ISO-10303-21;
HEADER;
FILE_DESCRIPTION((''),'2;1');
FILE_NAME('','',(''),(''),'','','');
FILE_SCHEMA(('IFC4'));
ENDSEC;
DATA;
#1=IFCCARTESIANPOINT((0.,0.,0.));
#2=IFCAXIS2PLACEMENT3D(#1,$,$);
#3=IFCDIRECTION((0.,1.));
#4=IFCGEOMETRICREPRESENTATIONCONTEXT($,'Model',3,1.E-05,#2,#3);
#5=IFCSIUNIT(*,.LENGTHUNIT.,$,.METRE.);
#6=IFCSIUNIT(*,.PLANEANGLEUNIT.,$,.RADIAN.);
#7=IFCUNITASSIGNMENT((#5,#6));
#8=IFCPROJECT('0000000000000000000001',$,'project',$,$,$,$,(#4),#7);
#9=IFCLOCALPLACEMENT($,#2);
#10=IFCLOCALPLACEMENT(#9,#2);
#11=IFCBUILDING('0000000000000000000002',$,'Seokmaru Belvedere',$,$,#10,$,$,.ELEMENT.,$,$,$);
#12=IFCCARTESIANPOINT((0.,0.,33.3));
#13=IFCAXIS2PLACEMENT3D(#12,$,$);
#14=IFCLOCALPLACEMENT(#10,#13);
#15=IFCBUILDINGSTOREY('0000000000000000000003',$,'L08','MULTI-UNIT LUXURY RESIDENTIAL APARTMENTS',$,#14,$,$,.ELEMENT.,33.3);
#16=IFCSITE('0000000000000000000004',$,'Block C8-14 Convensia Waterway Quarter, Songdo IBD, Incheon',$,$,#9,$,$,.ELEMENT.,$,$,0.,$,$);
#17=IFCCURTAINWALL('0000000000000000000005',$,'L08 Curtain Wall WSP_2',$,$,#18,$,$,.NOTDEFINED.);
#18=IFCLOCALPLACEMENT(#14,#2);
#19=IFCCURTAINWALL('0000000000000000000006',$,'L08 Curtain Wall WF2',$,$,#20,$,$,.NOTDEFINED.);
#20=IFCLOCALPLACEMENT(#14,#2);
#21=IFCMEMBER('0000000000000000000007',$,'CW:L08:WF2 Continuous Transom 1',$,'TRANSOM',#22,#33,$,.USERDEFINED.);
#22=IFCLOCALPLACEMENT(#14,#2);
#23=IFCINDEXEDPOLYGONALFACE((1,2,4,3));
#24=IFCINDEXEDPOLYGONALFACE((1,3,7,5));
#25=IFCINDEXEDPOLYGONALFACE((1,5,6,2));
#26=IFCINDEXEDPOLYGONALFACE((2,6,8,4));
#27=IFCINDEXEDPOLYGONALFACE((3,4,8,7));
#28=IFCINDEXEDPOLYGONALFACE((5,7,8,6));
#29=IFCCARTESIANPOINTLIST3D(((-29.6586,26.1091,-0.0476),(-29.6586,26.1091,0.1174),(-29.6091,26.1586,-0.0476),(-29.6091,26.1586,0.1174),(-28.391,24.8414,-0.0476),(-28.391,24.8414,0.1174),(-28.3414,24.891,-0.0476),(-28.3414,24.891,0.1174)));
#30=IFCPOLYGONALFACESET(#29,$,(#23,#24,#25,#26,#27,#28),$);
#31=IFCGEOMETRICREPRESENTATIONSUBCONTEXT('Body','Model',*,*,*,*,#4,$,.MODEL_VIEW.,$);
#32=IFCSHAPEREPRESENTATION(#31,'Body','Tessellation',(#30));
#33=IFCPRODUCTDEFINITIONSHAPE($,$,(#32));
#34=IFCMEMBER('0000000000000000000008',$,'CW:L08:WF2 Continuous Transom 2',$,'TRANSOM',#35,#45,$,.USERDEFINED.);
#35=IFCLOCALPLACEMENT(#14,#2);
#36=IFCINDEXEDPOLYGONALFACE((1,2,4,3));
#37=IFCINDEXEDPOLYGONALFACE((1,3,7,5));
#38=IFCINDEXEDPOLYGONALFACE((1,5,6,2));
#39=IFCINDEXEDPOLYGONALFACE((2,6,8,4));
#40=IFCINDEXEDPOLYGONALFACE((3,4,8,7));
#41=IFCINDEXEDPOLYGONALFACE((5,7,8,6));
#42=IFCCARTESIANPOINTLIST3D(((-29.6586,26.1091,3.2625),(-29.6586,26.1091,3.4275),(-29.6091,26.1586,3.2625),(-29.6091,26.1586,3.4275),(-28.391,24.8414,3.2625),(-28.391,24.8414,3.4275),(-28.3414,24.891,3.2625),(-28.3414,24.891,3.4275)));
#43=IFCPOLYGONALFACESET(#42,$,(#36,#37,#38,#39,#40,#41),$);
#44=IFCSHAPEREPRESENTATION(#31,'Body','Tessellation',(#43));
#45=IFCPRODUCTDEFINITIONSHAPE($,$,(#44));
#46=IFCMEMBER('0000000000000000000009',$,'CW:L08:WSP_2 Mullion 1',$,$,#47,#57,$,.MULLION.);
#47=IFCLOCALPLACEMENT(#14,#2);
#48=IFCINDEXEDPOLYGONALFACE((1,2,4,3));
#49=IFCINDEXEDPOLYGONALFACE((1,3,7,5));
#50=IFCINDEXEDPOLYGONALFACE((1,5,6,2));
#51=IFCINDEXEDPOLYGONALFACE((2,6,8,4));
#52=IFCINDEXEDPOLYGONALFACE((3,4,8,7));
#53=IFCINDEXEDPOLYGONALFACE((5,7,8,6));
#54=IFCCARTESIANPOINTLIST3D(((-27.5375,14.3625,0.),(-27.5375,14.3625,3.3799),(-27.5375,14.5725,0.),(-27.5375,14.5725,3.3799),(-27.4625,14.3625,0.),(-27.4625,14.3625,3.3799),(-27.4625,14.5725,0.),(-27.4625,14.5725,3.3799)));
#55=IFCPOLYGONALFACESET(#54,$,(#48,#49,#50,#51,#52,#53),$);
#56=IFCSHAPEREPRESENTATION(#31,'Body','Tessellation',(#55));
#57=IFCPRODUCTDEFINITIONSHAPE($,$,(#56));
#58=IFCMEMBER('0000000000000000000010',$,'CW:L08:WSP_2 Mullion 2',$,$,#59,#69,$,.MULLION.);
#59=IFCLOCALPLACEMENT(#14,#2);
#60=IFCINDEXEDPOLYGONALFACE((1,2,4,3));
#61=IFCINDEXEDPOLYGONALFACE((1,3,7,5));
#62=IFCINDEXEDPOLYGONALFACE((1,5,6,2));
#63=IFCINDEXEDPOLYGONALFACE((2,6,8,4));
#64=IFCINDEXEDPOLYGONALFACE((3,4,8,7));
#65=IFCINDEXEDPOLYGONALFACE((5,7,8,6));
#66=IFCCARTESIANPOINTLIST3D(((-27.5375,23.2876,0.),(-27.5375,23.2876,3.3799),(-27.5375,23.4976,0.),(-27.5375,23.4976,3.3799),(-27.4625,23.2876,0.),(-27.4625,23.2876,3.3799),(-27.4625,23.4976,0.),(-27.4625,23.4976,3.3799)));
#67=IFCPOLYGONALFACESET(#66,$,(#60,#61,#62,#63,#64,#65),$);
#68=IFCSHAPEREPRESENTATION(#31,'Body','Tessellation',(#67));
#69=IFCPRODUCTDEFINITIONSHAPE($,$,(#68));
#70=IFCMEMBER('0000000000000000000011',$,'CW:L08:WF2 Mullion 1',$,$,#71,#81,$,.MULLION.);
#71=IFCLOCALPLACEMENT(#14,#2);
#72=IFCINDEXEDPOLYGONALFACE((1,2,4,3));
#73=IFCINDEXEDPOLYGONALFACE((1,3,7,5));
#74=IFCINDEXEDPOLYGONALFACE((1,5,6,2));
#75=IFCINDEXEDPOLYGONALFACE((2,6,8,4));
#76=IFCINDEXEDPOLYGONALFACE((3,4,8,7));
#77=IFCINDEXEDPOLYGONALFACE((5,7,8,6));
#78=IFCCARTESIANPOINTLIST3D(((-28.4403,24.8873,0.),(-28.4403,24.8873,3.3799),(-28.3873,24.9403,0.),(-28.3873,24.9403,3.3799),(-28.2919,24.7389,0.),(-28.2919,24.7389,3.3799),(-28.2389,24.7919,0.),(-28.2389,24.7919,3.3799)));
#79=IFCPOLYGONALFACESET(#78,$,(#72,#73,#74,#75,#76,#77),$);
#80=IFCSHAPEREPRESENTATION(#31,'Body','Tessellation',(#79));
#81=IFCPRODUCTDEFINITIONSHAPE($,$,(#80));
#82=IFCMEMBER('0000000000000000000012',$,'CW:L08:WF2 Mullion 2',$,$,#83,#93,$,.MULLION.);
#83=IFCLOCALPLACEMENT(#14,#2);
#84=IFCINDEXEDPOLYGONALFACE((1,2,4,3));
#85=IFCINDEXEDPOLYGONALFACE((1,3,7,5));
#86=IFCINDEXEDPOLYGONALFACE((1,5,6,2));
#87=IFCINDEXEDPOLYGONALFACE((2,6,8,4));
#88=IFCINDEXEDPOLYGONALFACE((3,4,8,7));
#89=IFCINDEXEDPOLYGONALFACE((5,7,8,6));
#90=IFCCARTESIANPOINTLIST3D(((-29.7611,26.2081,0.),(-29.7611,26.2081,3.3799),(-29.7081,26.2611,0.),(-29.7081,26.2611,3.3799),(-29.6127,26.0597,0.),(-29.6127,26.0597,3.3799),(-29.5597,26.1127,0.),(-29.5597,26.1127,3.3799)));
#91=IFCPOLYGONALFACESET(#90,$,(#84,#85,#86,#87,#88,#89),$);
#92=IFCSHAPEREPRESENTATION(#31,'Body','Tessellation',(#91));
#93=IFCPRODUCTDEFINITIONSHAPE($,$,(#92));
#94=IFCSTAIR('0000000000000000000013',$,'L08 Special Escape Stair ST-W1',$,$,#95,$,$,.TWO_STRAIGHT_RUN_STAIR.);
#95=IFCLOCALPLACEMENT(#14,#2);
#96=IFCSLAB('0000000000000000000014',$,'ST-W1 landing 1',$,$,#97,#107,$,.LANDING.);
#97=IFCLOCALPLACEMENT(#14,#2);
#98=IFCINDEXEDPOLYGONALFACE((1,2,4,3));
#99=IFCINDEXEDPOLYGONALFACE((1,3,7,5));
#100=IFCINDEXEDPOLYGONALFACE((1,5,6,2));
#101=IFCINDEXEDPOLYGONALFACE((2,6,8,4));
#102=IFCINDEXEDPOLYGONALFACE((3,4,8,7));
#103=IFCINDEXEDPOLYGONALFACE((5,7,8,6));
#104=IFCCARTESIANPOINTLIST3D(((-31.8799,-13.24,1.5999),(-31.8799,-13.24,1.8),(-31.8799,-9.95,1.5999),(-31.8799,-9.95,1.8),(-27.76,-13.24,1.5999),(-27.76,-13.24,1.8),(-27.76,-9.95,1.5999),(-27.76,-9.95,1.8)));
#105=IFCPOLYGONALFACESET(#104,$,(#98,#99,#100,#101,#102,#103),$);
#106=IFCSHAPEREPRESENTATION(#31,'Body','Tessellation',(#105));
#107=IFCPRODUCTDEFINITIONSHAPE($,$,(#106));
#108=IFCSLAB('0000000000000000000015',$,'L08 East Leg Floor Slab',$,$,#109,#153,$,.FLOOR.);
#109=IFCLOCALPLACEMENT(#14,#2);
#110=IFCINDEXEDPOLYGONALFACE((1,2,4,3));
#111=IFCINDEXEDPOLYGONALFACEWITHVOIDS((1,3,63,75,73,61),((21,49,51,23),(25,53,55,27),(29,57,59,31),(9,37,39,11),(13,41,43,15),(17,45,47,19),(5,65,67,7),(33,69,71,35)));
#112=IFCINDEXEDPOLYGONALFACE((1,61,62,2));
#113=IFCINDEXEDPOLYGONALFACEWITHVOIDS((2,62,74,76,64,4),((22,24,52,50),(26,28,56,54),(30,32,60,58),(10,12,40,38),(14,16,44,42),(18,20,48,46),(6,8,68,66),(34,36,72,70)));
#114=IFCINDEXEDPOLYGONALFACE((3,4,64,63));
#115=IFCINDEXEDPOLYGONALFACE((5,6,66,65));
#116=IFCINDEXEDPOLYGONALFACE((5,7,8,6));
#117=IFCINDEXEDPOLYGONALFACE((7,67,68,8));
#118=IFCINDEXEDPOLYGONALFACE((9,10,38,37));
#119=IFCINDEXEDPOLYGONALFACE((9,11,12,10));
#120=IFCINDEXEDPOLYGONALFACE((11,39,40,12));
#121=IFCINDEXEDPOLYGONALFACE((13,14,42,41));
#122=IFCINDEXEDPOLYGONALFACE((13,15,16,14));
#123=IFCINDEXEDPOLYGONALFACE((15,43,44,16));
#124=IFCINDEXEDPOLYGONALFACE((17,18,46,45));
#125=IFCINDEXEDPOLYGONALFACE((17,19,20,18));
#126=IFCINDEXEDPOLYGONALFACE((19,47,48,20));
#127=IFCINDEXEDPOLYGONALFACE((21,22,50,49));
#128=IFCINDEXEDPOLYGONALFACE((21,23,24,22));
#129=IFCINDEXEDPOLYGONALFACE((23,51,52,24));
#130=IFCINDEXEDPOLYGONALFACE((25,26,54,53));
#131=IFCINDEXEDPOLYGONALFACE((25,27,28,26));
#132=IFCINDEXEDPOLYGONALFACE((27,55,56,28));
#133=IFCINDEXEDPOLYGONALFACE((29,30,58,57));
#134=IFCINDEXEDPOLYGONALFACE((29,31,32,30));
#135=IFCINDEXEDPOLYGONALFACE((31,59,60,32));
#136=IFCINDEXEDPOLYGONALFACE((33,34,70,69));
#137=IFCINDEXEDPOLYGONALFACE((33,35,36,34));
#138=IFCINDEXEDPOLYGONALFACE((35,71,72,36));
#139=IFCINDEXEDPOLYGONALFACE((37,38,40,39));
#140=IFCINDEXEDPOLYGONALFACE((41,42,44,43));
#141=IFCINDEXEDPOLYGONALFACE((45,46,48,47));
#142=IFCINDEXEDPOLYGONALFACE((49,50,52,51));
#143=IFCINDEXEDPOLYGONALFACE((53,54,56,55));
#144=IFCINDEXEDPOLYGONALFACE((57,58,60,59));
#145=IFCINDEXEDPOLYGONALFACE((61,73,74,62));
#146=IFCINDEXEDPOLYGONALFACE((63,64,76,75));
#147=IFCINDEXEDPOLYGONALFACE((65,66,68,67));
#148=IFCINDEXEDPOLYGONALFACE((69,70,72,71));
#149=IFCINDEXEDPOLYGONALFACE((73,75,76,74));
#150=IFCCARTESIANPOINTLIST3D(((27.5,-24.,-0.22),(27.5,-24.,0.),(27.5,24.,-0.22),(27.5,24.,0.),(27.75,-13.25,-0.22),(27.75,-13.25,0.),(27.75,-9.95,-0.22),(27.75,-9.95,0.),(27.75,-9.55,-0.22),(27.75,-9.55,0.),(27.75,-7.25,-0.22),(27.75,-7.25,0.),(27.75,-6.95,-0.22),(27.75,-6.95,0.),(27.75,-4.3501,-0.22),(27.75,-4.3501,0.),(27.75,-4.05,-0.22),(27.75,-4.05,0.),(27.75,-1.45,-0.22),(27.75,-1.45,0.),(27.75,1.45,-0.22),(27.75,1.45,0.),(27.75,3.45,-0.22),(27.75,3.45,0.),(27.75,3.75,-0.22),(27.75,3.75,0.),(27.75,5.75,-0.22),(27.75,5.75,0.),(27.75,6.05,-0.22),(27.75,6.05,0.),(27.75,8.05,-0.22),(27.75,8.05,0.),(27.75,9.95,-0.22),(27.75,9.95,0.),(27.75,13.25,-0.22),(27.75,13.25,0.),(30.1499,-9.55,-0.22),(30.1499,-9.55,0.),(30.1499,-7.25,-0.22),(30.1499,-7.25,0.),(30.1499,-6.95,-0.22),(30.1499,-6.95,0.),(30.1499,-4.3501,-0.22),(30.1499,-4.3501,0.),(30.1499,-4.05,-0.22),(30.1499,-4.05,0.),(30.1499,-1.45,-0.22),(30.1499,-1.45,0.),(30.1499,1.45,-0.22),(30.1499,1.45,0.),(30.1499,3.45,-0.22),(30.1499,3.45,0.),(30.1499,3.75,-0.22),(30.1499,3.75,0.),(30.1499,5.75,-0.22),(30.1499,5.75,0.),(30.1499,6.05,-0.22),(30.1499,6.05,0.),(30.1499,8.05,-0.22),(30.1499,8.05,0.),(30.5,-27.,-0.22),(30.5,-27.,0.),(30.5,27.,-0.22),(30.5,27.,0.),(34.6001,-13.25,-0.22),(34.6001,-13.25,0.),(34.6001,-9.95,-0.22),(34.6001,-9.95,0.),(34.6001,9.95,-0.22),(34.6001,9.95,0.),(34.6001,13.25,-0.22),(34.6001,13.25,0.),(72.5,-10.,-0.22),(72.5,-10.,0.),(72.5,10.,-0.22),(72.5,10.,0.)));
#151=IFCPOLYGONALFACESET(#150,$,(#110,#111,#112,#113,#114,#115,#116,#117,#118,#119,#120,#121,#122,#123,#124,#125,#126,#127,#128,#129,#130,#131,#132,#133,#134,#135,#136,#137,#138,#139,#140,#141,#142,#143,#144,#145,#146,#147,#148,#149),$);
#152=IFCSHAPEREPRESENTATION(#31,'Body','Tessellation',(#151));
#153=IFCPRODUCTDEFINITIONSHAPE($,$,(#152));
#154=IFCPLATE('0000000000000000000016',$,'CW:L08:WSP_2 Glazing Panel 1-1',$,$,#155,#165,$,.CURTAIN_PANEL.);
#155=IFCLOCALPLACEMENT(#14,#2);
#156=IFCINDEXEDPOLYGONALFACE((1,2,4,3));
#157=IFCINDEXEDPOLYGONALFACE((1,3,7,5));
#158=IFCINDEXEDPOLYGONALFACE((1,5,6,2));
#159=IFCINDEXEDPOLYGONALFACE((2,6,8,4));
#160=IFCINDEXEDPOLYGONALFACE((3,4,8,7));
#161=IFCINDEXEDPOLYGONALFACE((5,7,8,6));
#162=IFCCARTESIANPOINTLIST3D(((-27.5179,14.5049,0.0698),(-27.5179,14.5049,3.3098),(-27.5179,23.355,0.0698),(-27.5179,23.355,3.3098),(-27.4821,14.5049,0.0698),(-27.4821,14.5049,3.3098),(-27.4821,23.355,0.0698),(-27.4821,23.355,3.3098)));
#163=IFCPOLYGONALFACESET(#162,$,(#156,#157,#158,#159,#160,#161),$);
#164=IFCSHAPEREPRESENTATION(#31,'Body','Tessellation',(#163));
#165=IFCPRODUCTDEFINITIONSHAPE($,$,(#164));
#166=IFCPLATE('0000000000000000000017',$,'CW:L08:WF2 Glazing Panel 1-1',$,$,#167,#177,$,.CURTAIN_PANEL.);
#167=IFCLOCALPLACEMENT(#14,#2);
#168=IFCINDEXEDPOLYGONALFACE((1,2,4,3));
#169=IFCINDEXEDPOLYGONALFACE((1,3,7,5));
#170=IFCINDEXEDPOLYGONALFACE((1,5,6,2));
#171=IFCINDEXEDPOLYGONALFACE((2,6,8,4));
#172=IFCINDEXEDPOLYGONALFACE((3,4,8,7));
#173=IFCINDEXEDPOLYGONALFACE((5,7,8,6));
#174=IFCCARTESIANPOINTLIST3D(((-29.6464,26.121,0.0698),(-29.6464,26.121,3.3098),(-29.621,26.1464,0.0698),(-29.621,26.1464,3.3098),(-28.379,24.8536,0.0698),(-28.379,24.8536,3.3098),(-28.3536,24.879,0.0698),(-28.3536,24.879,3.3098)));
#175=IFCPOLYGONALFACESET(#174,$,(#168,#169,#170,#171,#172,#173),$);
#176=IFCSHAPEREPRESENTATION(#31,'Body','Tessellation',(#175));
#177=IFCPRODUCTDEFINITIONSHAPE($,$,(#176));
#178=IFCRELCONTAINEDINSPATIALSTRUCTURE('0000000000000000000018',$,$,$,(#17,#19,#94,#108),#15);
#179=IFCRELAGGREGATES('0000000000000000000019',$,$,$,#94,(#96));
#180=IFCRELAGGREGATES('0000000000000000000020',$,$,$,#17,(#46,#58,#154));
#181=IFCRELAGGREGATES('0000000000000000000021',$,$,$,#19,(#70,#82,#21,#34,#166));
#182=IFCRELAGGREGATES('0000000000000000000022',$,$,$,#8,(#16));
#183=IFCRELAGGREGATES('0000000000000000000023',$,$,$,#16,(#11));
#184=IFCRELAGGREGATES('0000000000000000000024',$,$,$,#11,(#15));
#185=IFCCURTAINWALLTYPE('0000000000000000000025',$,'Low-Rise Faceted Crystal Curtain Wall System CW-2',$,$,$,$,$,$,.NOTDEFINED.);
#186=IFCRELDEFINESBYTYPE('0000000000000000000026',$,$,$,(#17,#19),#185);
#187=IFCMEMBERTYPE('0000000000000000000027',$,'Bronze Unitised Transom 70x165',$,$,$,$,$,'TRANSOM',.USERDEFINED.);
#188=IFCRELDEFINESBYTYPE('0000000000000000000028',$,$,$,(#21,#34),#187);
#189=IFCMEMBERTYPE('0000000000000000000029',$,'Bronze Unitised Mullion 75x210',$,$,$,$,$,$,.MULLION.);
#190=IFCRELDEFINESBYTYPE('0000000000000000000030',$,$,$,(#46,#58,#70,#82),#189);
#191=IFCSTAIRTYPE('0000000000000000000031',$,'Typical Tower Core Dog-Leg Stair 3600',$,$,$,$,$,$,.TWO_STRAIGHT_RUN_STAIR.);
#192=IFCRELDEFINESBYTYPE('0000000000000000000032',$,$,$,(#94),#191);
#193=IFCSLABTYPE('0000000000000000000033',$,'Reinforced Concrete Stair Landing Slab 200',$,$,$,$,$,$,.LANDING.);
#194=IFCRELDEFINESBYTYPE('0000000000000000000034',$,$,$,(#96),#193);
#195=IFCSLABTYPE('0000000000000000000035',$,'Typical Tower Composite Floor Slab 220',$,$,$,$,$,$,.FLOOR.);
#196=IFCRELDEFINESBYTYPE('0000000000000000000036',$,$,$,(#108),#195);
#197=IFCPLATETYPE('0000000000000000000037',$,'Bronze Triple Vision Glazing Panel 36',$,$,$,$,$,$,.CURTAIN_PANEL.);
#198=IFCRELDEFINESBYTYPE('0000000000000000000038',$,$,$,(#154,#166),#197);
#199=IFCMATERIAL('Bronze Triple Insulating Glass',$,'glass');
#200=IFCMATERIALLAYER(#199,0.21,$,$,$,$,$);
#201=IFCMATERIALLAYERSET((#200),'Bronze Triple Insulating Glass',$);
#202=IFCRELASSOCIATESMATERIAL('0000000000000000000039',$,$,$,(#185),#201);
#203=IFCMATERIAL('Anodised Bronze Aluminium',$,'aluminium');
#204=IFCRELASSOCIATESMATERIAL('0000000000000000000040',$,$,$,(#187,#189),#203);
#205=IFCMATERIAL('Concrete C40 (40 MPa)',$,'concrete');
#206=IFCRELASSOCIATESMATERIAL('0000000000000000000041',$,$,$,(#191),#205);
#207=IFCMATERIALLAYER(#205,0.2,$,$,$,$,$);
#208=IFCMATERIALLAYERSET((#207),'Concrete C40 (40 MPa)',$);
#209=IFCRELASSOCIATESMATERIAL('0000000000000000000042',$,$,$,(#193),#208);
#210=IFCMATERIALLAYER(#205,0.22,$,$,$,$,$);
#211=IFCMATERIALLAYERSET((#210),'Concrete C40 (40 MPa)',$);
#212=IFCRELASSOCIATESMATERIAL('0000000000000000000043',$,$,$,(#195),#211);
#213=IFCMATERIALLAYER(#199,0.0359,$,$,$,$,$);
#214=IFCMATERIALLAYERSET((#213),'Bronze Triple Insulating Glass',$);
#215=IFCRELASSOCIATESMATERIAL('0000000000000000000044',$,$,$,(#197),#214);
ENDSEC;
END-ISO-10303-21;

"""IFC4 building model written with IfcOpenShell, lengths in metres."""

from ifc_helpers import new_model, si_unit, direction, frame, origin, origin_2d, place, context, subcontext, project, spatial, polyline, rectangle, outline, extrude, source, transform, mapped, material, layer, layer_set, material_profile, profile_set, type_object, type_shapes, element, aggregate, save


model = new_model("IFC4")

# Units and contexts
model_context = context("Model", 3, precision=1e-05, world=origin(), true_north=direction((0.0, 1.0)))
body_context = subcontext(model_context, "Body", "Model", "MODEL_VIEW")
ifc_project = project(units=[si_unit("LENGTHUNIT", "METRE"), si_unit("PLANEANGLEUNIT", "RADIAN")], contexts=[model_context])

# Site, building, storey
site_placement = place(None, origin())
site = spatial("IfcSite", under=ifc_project, at=site_placement, Name="Block C8-14 Convensia Waterway Quarter, Songdo IBD, Incheon", CompositionType="ELEMENT", RefElevation=0.0)
building_placement = place(site_placement, origin())
building = spatial("IfcBuilding", under=site, at=building_placement, Name="Seokmaru Belvedere", CompositionType="ELEMENT")
storey_placement = place(building_placement, frame((0.0, 0.0, 33.3)))
storey = spatial("IfcBuildingStorey", under=building, at=storey_placement, Name="L08", Description="MULTI-UNIT LUXURY RESIDENTIAL APARTMENTS", CompositionType="ELEMENT", Elevation=33.3)

# Curtain walls, members
ifc_material_1 = material(Name="Bronze Triple Insulating Glass", Category="glass")
ifc_layer_1 = layer(ifc_material_1, 0.21)
ifc_layer_set_1 = layer_set([ifc_layer_1], Name="Bronze Triple Insulating Glass")
curtain_wall_type = type_object("IfcCurtainWallType", Name="Low-Rise Faceted Crystal Curtain Wall System CW-2", PredefinedType="NOTDEFINED", material=ifc_layer_set_1)
curtain_wall_1_placement = place(storey_placement, origin())
curtain_wall_1 = element("IfcCurtainWall", 1, at=curtain_wall_1_placement, inside=storey, type_object=curtain_wall_type, Name="L08 Curtain Wall WSP_2", PredefinedType="NOTDEFINED")
ifc_material_2 = material(Name="Anodised Bronze Aluminium", Category="aluminium")
ifc_material_profile_1 = material_profile(ifc_material_2, rectangle(XDim=0.0701, YDim=0.165, at=origin_2d()), Name="CW-T-70x165")
ifc_profile_set_1 = profile_set([ifc_material_profile_1], Name="Anodised Bronze Aluminium")
member_type_1 = type_object("IfcMemberType", Name="Bronze Unitised Transom 70x165", ElementType="TRANSOM", PredefinedType="USERDEFINED", material=ifc_profile_set_1)
curtain_wall_2_placement = place(storey_placement, origin())
curtain_wall_2 = element("IfcCurtainWall", 2, at=curtain_wall_2_placement, inside=storey, type_object=curtain_wall_type, Name="L08 Curtain Wall WF2", PredefinedType="NOTDEFINED")
shared_shape_1 = source(origin(), body_context, "Body", "SweptSolid", [
    extrude(rectangle(XDim=0.0701, YDim=0.165, at=origin_2d()), origin(), (0.0, 0.0, 1.0), 1.7927),
])
member_1_placement = place(storey_placement, frame((-28.3662, 24.8662, 0.0349), z_axis=(-0.707107, 0.707107, 0.0), x_axis=(-0.707107, -0.707107, 0.0)))
member_1 = element("IfcMember", 3, at=member_1_placement, type_object=member_type_1, Name="CW:L08:WF2 Continuous Transom 1", ObjectType="TRANSOM", PredefinedType="USERDEFINED", context=body_context, shape_type="MappedRepresentation", body=[
    mapped(shared_shape_1, transform((0.0, 0.0, 0.0), scale=1.0)),
])
member_2_placement = place(storey_placement, frame((-28.3662, 24.8662, 3.345), z_axis=(-0.707107, 0.707107, 0.0), x_axis=(-0.707107, -0.707107, 0.0)))
member_2 = element("IfcMember", 4, at=member_2_placement, type_object=member_type_1, Name="CW:L08:WF2 Continuous Transom 2", ObjectType="TRANSOM", PredefinedType="USERDEFINED", context=body_context, shape_type="MappedRepresentation", body=[
    mapped(shared_shape_1, transform((0.0, 0.0, 0.0), scale=1.0)),
])

# Members
ifc_material_profile_2 = material_profile(ifc_material_2, rectangle(XDim=0.075, YDim=0.21, at=origin_2d()), Name="CW-M-75x210")
ifc_profile_set_2 = profile_set([ifc_material_profile_2], Name="Anodised Bronze Aluminium")
member_type_2 = type_object("IfcMemberType", Name="Bronze Unitised Mullion 75x210", PredefinedType="MULLION", material=ifc_profile_set_2)
shared_shape_2 = source(origin(), body_context, "Body", "SweptSolid", [
    extrude(rectangle(XDim=0.075, YDim=0.21, at=origin_2d()), origin(), (0.0, 0.0, 1.0), 3.3799),
])
type_shapes(member_type_2, [shared_shape_2])
member_3_placement = place(storey_placement, frame((-27.5, 14.4675, 0.0), z_axis=(0.0, 0.0, 1.0), x_axis=(-1.0, 0.0, 0.0)))
member_3 = element("IfcMember", 5, at=member_3_placement, type_object=member_type_2, Name="CW:L08:WSP_2 Mullion 1", PredefinedType="MULLION", context=body_context, shape_type="MappedRepresentation", body=[
    mapped(shared_shape_2, transform((0.0, 0.0, 0.0), scale=1.0)),
])
member_4_placement = place(storey_placement, frame((-27.5, 23.3926, 0.0), z_axis=(0.0, 0.0, 1.0), x_axis=(-1.0, 0.0, 0.0)))
member_4 = element("IfcMember", 6, at=member_4_placement, type_object=member_type_2, Name="CW:L08:WSP_2 Mullion 2", PredefinedType="MULLION", context=body_context, shape_type="MappedRepresentation", body=[
    mapped(shared_shape_2, transform((0.0, 0.0, 0.0), scale=1.0)),
])
member_5_placement = place(storey_placement, frame((-28.3396, 24.8396, 0.0), z_axis=(0.0, 0.0, 1.0), x_axis=(-0.707107, -0.707107, 0.0)))
member_5 = element("IfcMember", 7, at=member_5_placement, type_object=member_type_2, Name="CW:L08:WF2 Mullion 1", PredefinedType="MULLION", context=body_context, shape_type="MappedRepresentation", body=[
    mapped(shared_shape_2, transform((0.0, 0.0, 0.0), scale=1.0)),
])
member_6_placement = place(storey_placement, frame((-29.6604, 26.1604, 0.0), z_axis=(0.0, 0.0, 1.0), x_axis=(-0.707107, -0.707107, 0.0)))
member_6 = element("IfcMember", 8, at=member_6_placement, type_object=member_type_2, Name="CW:L08:WF2 Mullion 2", PredefinedType="MULLION", context=body_context, shape_type="MappedRepresentation", body=[
    mapped(shared_shape_2, transform((0.0, 0.0, 0.0), scale=1.0)),
])

# Stair, slab
ifc_material_3 = material(Name="Concrete C40 (40 MPa)", Category="concrete")
stair_type = type_object("IfcStairType", Name="Typical Tower Core Dog-Leg Stair 3600", PredefinedType="TWO_STRAIGHT_RUN_STAIR", material=ifc_material_3)
stair_placement = place(storey_placement, origin())
stair = element("IfcStair", 9, at=stair_placement, inside=storey, type_object=stair_type, Name="L08 Special Escape Stair ST-W1", PredefinedType="TWO_STRAIGHT_RUN_STAIR")
ifc_layer_2 = layer(ifc_material_3, 0.2)
ifc_layer_set_2 = layer_set([ifc_layer_2], Name="Concrete C40 (40 MPa)")
slab_type_1 = type_object("IfcSlabType", Name="Reinforced Concrete Stair Landing Slab 200", PredefinedType="LANDING", material=ifc_layer_set_2)
slab_1_placement = place(storey_placement, frame((0.0, 0.0, 1.5999)))
slab_1 = element("IfcSlab", 10, at=slab_1_placement, type_object=slab_type_1, Name="ST-W1 landing 1", PredefinedType="LANDING", context=body_context, shape_type="SweptSolid", body=[
    extrude(outline(polyline([(-31.8799, -13.24), (-27.76, -13.24), (-27.76, -9.95), (-31.8799, -9.95), (-31.8799, -13.24)])), origin(), (0.0, 0.0, 1.0), 0.2002),
])
aggregate(stair, [slab_1])

# Slab
ifc_layer_3 = layer(ifc_material_3, 0.22)
ifc_layer_set_3 = layer_set([ifc_layer_3], Name="Concrete C40 (40 MPa)")
slab_type_2 = type_object("IfcSlabType", Name="Typical Tower Composite Floor Slab 220", PredefinedType="FLOOR", material=ifc_layer_set_3)
slab_2_placement = place(storey_placement, frame((0.0, 0.0, -0.22)))
element("IfcSlab", 11, at=slab_2_placement, inside=storey, type_object=slab_type_2, Name="L08 East Leg Floor Slab", PredefinedType="FLOOR", context=body_context, shape_type="SweptSolid", body=[
    extrude(outline(polyline([(30.5, -27.0), (72.5, -10.0), (72.5, 10.0), (30.5, 27.0), (27.5, 24.0), (27.5, -24.0), (30.5, -27.0)]), holes=[polyline([(27.75, -13.25), (34.6001, -13.25), (34.6001, -9.95), (27.75, -9.95), (27.75, -13.25)]), polyline([(27.75, 9.95), (34.6001, 9.95), (34.6001, 13.25), (27.75, 13.25), (27.75, 9.95)]), polyline([(27.75, -9.55), (30.1499, -9.55), (30.1499, -7.25), (27.75, -7.25), (27.75, -9.55)]), polyline([(27.75, -6.95), (30.1499, -6.95), (30.1499, -4.3501), (27.75, -4.3501), (27.75, -6.95)]), polyline([(27.75, -4.05), (30.1499, -4.05), (30.1499, -1.45), (27.75, -1.45), (27.75, -4.05)]), polyline([(27.75, 1.45), (30.1499, 1.45), (30.1499, 3.45), (27.75, 3.45), (27.75, 1.45)]), polyline([(27.75, 3.75), (30.1499, 3.75), (30.1499, 5.75), (27.75, 5.75), (27.75, 3.75)]), polyline([(27.75, 6.05), (30.1499, 6.05), (30.1499, 8.05), (27.75, 8.05), (27.75, 6.05)])]), origin(), (0.0, 0.0, 1.0), 0.22),
])

# Plates
ifc_layer_4 = layer(ifc_material_1, 0.0359)
ifc_layer_set_4 = layer_set([ifc_layer_4], Name="Bronze Triple Insulating Glass")
plate_type = type_object("IfcPlateType", Name="Bronze Triple Vision Glazing Panel 36", PredefinedType="CURTAIN_PANEL", material=ifc_layer_set_4)
shared_shape_3 = source(origin(), body_context, "Body", "SweptSolid", [
    extrude(rectangle(XDim=8.8501, YDim=0.0359, at=origin_2d()), origin(), (0.0, 0.0, 1.0), 3.24),
])
plate_1_placement = place(storey_placement, frame((-27.5, 18.9299, 0.0698), z_axis=(0.0, 0.0, 1.0), x_axis=(0.0, 1.0, 0.0)))
plate_1 = element("IfcPlate", 12, at=plate_1_placement, type_object=plate_type, Name="CW:L08:WSP_2 Glazing Panel 1-1", PredefinedType="CURTAIN_PANEL", context=body_context, shape_type="MappedRepresentation", body=[
    mapped(shared_shape_3, transform((0.0, 0.0, 0.0), scale=1.0)),
])
aggregate(curtain_wall_1, [member_3, member_4, plate_1])
shared_shape_4 = source(origin(), body_context, "Body", "SweptSolid", [
    extrude(rectangle(XDim=1.7925, YDim=0.0359, at=origin_2d()), origin(), (0.0, 0.0, 1.0), 3.24),
])
type_shapes(plate_type, [shared_shape_3, shared_shape_4])
plate_2_placement = place(storey_placement, frame((-29.0, 25.5, 0.0698), z_axis=(0.0, 0.0, 1.0), x_axis=(-0.707107, 0.707107, 0.0)))
plate_2 = element("IfcPlate", 13, at=plate_2_placement, type_object=plate_type, Name="CW:L08:WF2 Glazing Panel 1-1", PredefinedType="CURTAIN_PANEL", context=body_context, shape_type="MappedRepresentation", body=[
    mapped(shared_shape_4, transform((0.0, 0.0, 0.0), scale=1.0)),
])
aggregate(curtain_wall_2, [member_5, member_6, member_1, member_2, plate_2])

save(model, "model.ifc")
